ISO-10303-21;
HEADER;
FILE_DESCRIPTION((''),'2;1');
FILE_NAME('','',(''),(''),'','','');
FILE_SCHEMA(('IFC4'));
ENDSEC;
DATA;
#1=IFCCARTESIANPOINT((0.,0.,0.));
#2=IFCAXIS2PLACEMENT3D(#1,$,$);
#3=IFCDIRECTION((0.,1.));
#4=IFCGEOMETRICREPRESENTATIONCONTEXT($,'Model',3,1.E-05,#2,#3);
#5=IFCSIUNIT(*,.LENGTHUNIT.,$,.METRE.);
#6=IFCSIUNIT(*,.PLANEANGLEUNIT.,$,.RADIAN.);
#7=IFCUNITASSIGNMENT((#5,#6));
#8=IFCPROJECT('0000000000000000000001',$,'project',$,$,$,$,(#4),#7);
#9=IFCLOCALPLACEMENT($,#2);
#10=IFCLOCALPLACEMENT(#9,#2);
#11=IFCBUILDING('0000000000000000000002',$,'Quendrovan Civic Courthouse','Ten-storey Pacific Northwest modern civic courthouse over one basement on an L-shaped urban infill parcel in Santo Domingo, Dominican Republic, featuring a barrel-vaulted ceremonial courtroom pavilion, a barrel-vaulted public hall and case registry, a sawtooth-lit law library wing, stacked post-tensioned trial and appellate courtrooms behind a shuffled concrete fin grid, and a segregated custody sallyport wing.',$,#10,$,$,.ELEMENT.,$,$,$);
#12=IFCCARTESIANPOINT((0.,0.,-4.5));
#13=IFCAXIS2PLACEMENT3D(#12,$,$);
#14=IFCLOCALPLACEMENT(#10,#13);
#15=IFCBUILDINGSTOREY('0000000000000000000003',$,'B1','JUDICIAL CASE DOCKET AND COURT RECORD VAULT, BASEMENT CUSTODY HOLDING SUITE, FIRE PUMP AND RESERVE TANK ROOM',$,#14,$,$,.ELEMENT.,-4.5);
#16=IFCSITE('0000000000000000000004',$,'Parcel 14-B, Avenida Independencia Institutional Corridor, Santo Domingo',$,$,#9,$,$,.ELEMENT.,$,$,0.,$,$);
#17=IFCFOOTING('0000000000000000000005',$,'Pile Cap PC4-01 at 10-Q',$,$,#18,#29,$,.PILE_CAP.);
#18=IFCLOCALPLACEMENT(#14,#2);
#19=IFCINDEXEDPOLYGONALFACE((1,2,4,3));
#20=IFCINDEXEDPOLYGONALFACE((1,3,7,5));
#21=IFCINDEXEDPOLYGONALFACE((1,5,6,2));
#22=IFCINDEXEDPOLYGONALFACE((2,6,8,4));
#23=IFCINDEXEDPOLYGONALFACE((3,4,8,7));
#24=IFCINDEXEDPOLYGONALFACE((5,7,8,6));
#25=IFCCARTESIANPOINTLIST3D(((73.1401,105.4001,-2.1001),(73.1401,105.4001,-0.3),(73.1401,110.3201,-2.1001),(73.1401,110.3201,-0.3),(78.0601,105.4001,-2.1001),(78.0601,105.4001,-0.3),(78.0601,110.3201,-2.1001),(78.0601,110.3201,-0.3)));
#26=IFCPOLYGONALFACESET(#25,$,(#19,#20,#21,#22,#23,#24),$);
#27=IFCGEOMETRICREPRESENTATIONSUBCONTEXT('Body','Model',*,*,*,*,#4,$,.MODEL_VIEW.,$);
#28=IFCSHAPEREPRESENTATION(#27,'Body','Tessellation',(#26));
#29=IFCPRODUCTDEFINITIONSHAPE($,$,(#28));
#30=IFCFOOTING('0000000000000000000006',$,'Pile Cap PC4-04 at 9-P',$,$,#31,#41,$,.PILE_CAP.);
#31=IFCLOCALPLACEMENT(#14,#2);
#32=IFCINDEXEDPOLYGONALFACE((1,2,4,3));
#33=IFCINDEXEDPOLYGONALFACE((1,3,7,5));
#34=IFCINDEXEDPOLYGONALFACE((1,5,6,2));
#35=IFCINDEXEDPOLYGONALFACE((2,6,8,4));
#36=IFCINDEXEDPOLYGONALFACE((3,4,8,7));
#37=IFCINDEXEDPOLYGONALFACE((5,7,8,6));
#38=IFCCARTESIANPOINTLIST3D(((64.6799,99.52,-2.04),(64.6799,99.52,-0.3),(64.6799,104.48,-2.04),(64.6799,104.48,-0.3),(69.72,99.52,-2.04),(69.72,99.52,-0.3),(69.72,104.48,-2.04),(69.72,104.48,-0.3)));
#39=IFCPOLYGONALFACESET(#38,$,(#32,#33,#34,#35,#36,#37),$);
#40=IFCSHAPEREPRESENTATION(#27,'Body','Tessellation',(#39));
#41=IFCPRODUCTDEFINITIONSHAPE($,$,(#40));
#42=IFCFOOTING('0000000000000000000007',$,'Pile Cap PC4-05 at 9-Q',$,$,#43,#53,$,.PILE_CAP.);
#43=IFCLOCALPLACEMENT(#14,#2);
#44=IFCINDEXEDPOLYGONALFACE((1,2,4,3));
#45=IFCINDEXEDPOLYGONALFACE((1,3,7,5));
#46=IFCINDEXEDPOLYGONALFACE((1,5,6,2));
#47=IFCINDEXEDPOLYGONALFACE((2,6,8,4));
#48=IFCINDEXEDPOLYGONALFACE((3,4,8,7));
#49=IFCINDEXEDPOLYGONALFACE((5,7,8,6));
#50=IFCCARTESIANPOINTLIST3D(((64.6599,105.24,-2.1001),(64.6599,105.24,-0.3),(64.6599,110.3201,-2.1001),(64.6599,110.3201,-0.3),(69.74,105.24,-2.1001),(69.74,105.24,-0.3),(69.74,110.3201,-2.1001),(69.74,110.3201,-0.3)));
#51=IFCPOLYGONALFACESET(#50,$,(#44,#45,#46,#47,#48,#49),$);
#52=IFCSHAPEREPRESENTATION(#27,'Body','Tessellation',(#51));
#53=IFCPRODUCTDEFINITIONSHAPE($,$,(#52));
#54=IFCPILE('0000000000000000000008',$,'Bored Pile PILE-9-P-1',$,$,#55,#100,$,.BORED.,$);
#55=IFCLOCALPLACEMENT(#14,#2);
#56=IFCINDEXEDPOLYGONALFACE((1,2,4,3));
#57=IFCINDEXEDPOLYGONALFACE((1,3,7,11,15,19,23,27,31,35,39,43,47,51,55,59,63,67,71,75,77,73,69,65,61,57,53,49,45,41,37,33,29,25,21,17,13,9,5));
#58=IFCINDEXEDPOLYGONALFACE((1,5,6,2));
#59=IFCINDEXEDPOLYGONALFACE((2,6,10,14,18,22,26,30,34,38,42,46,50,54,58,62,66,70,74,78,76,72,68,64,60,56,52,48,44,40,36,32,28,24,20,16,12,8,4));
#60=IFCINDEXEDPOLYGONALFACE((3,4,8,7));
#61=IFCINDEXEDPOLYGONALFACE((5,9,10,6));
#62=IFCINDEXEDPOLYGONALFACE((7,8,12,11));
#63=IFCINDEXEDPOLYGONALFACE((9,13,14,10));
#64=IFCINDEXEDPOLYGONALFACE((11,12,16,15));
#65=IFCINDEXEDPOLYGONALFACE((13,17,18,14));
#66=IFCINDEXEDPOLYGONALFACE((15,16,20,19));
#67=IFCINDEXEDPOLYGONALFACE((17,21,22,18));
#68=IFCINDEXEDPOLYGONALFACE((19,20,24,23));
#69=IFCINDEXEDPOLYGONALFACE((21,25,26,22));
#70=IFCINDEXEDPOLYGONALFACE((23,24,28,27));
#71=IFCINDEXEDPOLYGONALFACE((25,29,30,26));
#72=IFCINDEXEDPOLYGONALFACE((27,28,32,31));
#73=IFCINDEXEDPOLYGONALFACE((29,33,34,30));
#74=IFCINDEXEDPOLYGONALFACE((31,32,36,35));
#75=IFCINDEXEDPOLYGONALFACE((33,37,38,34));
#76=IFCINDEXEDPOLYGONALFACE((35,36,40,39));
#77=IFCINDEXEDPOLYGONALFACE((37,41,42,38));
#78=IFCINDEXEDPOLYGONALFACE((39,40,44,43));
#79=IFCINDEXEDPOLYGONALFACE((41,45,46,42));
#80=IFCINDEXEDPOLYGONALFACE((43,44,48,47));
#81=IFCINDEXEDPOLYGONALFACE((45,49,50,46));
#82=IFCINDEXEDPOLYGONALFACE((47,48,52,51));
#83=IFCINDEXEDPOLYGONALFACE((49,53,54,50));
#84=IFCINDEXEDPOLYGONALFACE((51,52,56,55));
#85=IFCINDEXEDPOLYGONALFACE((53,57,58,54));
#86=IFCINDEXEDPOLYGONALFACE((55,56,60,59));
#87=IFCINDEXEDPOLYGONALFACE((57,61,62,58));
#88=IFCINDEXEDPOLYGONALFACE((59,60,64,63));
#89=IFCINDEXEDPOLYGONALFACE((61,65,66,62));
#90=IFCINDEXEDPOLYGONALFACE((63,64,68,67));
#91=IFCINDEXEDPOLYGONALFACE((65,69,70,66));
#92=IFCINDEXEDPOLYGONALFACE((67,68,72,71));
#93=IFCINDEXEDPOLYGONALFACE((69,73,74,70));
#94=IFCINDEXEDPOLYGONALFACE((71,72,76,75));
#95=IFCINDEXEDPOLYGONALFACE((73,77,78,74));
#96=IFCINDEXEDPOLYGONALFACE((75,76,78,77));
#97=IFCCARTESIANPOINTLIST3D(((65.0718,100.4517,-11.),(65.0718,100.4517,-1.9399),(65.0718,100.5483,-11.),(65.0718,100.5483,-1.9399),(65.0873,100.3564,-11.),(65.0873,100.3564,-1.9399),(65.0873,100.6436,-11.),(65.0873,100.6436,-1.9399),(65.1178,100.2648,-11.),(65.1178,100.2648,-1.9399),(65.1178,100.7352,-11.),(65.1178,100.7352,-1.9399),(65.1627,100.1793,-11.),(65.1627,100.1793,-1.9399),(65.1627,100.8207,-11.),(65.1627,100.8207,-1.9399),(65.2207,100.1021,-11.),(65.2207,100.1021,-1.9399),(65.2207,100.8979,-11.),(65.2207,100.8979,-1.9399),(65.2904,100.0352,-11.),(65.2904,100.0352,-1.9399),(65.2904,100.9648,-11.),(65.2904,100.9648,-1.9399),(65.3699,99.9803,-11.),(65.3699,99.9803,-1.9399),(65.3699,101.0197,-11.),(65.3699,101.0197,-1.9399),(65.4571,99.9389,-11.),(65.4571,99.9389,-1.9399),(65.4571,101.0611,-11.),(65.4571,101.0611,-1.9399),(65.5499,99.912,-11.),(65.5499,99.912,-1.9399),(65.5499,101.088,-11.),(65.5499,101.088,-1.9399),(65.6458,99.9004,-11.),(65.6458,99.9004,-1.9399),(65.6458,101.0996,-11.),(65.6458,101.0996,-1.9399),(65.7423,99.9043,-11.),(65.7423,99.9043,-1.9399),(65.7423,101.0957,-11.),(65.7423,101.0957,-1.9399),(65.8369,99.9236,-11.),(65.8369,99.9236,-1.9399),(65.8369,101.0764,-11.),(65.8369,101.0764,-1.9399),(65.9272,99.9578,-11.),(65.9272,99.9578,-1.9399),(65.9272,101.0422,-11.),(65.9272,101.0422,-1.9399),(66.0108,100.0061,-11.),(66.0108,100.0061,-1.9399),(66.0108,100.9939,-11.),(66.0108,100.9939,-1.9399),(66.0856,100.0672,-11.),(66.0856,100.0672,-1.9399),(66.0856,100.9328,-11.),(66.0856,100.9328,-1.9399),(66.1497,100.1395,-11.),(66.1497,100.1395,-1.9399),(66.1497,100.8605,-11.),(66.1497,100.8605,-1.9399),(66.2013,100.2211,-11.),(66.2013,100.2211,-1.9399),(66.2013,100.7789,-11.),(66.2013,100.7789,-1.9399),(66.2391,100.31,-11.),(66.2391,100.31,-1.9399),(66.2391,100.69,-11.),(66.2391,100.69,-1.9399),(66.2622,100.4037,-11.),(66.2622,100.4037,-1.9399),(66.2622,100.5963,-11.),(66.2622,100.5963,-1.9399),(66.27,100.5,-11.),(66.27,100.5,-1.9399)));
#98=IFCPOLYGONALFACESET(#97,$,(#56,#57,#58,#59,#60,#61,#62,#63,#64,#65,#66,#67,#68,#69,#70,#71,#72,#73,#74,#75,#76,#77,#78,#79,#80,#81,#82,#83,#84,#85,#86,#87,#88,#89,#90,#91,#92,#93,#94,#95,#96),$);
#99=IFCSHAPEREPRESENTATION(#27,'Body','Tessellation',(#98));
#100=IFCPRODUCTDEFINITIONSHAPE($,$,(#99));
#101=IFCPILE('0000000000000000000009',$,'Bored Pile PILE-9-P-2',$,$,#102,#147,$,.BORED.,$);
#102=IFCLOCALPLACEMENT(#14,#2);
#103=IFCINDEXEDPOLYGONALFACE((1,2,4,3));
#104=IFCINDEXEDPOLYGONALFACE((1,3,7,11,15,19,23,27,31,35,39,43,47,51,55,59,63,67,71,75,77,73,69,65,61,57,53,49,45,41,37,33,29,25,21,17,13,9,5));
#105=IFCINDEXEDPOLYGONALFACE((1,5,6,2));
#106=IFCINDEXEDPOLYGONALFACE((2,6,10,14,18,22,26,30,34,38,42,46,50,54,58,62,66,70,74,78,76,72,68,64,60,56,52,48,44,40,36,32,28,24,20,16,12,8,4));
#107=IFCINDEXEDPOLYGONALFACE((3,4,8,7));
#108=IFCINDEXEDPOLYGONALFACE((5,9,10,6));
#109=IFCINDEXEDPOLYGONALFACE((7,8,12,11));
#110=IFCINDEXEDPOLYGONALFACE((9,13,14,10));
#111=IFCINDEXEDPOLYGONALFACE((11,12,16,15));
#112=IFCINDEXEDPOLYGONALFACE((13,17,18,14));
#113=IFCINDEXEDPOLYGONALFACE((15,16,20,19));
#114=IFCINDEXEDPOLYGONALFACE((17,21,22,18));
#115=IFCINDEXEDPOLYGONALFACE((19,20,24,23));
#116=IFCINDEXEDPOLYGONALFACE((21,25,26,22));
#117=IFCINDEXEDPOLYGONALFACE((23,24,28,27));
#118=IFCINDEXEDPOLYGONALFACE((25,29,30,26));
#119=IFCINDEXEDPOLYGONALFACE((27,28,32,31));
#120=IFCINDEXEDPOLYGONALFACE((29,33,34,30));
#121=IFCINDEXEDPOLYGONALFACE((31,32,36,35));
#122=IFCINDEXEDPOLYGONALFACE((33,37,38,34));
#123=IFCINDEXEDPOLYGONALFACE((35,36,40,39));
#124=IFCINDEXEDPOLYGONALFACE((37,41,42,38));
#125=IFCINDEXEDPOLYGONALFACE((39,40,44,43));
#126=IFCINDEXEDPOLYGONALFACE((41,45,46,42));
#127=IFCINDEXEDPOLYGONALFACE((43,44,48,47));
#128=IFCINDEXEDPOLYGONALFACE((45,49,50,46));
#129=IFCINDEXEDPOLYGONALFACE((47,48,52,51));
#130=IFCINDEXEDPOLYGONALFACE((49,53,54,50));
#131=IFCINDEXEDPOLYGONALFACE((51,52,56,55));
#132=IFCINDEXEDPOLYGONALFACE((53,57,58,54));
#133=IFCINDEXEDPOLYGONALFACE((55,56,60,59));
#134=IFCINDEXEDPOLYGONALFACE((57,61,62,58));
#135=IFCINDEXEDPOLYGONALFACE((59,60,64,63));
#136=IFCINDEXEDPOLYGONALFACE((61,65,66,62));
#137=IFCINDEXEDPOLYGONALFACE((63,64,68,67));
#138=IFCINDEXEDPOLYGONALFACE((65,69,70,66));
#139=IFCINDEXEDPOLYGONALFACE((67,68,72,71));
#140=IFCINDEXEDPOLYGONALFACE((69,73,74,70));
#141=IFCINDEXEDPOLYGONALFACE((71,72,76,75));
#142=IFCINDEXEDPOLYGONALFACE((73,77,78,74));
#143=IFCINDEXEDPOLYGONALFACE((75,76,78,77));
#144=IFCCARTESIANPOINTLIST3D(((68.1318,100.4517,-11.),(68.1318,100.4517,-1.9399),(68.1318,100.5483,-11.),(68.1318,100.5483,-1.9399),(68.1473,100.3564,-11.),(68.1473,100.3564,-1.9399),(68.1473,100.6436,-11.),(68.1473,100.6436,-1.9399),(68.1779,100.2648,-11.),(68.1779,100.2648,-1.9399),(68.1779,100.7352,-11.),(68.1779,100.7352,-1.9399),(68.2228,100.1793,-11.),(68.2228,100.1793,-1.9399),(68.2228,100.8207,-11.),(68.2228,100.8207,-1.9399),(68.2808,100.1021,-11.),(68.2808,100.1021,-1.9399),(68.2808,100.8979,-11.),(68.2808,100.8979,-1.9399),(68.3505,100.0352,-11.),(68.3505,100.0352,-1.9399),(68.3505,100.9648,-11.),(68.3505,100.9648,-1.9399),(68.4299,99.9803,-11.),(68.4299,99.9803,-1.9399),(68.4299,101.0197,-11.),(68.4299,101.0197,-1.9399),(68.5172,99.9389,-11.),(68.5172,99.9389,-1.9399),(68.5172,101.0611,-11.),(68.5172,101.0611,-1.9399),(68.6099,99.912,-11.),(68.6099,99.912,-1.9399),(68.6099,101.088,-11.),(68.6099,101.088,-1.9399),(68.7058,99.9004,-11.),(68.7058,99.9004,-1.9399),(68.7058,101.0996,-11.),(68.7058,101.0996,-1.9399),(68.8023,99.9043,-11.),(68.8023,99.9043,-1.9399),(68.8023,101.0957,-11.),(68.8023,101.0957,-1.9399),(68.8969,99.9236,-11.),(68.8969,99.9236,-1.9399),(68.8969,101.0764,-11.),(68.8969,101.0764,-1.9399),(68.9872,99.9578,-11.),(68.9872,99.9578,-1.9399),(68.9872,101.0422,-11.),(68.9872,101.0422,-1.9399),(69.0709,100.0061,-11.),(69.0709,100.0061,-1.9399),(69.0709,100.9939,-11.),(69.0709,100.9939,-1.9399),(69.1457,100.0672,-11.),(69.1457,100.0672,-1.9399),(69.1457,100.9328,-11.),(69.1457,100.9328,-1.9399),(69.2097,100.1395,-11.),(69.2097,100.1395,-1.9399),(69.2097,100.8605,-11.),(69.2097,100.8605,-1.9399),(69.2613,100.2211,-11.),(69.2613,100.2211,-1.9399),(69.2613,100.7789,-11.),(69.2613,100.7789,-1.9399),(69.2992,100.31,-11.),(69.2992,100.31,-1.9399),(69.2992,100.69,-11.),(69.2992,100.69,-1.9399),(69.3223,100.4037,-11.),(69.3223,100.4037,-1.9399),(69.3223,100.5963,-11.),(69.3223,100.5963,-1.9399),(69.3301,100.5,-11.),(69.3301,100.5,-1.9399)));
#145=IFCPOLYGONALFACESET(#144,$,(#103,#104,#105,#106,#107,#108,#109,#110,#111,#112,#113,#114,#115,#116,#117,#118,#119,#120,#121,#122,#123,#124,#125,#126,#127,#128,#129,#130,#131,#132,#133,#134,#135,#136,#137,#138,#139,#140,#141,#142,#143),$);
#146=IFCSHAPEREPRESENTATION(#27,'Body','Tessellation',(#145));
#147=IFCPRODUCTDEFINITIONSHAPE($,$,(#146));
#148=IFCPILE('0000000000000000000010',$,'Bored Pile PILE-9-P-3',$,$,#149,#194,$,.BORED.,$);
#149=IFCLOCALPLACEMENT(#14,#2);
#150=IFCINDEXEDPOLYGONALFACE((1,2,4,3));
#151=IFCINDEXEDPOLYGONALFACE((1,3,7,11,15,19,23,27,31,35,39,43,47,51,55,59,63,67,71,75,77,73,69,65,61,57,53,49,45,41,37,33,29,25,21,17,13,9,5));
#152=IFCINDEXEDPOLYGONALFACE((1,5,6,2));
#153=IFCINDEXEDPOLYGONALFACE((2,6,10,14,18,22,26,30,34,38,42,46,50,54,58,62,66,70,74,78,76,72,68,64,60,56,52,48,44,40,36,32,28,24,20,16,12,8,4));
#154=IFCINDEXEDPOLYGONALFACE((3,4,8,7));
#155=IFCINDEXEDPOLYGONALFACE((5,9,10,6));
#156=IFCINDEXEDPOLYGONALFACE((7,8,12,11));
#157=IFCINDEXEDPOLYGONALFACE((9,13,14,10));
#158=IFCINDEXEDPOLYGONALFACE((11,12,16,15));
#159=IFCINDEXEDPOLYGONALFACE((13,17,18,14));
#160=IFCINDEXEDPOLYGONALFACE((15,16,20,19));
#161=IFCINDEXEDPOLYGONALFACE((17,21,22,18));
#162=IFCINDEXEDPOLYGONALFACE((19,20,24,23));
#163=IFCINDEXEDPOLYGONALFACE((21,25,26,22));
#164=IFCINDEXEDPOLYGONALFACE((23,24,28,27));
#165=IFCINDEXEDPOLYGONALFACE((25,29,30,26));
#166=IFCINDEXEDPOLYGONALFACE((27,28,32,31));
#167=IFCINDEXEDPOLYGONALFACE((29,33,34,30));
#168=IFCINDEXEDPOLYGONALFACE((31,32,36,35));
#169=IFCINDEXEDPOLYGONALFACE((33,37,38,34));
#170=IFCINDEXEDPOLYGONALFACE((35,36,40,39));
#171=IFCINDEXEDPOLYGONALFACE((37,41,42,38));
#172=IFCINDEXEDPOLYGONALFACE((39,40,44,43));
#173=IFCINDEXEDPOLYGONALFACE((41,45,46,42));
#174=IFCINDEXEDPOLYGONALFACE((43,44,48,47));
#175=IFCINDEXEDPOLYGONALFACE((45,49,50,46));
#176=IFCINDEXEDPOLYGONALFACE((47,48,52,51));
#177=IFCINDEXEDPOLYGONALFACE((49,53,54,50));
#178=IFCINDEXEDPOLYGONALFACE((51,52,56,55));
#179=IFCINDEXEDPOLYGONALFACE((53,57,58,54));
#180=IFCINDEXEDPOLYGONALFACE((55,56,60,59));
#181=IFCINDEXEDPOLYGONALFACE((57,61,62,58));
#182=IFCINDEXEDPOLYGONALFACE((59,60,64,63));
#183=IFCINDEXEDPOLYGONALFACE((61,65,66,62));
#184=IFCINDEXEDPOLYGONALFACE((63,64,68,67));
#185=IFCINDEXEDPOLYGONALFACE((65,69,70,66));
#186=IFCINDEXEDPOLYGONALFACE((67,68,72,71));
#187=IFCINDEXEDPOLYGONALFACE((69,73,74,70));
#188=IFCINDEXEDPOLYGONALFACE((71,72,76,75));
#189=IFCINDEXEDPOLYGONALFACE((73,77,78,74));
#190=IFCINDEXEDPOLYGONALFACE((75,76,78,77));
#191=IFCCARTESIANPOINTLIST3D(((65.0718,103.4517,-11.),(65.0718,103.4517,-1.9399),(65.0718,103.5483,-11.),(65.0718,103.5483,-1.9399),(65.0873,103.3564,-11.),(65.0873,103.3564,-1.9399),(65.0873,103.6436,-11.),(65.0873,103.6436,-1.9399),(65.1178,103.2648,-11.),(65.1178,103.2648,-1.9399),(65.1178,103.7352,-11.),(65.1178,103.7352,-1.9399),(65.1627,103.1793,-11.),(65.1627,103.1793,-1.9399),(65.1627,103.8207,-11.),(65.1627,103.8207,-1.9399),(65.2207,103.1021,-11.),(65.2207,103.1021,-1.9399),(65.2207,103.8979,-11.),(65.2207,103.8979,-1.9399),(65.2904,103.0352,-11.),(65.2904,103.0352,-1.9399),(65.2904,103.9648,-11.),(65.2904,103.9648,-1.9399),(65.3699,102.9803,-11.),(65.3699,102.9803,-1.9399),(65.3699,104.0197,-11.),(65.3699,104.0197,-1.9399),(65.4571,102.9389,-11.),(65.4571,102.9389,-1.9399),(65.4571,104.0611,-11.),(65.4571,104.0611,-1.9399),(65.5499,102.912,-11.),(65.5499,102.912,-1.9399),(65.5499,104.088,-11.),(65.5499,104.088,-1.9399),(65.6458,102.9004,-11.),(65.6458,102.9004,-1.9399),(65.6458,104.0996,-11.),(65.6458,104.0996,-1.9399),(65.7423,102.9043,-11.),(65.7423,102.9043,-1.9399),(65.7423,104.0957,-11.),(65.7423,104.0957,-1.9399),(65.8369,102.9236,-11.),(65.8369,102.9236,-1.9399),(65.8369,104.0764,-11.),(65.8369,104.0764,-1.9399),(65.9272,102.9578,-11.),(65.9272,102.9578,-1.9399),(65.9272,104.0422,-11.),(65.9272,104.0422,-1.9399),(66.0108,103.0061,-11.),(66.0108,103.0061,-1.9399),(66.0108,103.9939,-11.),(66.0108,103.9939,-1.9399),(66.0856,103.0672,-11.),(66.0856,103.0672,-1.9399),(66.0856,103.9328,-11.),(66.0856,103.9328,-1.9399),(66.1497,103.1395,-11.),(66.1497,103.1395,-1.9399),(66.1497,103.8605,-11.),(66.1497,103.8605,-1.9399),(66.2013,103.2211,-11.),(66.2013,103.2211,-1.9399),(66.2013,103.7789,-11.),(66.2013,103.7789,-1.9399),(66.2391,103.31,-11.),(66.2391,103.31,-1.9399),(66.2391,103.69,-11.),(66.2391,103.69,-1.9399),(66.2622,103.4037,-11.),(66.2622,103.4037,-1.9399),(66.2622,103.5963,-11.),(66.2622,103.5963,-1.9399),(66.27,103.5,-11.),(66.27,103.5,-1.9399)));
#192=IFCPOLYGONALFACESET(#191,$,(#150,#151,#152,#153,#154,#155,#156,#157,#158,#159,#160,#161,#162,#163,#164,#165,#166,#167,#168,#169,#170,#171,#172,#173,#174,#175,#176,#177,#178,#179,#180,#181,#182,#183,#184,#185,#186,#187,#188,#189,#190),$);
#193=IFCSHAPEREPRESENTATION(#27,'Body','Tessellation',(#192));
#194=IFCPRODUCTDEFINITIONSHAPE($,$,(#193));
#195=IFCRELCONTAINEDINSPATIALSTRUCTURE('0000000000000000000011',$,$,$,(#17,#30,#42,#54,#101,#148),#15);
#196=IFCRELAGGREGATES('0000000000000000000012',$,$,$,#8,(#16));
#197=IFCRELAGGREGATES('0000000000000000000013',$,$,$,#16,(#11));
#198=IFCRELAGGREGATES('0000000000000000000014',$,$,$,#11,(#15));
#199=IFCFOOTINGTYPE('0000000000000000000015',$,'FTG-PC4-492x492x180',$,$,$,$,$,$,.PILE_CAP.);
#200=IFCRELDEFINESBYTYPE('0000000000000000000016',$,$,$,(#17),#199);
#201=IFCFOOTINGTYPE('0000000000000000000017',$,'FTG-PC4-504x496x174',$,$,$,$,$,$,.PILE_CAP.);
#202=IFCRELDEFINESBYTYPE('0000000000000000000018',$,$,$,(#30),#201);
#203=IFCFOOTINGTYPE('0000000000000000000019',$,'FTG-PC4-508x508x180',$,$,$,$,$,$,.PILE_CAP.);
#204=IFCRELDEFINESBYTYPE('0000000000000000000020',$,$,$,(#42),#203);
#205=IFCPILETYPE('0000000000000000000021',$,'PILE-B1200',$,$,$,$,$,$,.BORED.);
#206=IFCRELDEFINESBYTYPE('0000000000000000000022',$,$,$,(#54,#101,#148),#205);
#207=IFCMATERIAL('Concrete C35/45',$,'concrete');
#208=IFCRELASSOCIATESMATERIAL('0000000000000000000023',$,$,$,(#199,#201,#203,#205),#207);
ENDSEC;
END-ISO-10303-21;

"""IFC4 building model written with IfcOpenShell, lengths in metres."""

from ifc_helpers import new_model, si_unit, direction, frame, origin, origin_2d, place, context, subcontext, project, spatial, rectangle, circle, extrude, material, material_profile, profile_set, type_object, element, save


model = new_model("IFC4")

# Units and contexts
model_context = context("Model", 3, precision=1e-05, world=origin(), true_north=direction((0.0, 1.0)))
body_context = subcontext(model_context, "Body", "Model", "MODEL_VIEW")
ifc_project = project(units=[si_unit("LENGTHUNIT", "METRE"), si_unit("PLANEANGLEUNIT", "RADIAN")], contexts=[model_context])

# Site, building, storey
site_placement = place(None, origin())
site = spatial("IfcSite", under=ifc_project, at=site_placement, Name="Parcel 14-B, Avenida Independencia Institutional Corridor, Santo Domingo", CompositionType="ELEMENT", RefElevation=0.0)
building_placement = place(site_placement, origin())
building = spatial("IfcBuilding", under=site, at=building_placement, Name="Quendrovan Civic Courthouse", Description="Ten-storey Pacific Northwest modern civic courthouse over one basement on an L-shaped urban infill parcel in Santo Domingo, Dominican Republic, featuring a barrel-vaulted ceremonial courtroom pavilion, a barrel-vaulted public hall and case registry, a sawtooth-lit law library wing, stacked post-tensioned trial and appellate courtrooms behind a shuffled concrete fin grid, and a segregated custody sallyport wing.", CompositionType="ELEMENT")
storey_placement = place(building_placement, frame((0.0, 0.0, -4.5)))
storey = spatial("IfcBuildingStorey", under=building, at=storey_placement, Name="B1", Description="JUDICIAL CASE DOCKET AND COURT RECORD VAULT, BASEMENT CUSTODY HOLDING SUITE, FIRE PUMP AND RESERVE TANK ROOM", CompositionType="ELEMENT", Elevation=-4.5)

# Footings
ifc_material_1 = material(Name="Concrete C35/45", Category="concrete")
footing_type_1 = type_object("IfcFootingType", Name="FTG-PC4-492x492x180", PredefinedType="PILE_CAP", material=ifc_material_1)
footing_1_placement = place(storey_placement, frame((75.6001, 107.8601, -2.1001), z_axis=(0.0, 0.0, 1.0), x_axis=(1.0, 0.0, 0.0)))
element("IfcFooting", 1, at=footing_1_placement, inside=storey, type_object=footing_type_1, Name="Pile Cap PC4-01 at 10-Q", PredefinedType="PILE_CAP", context=body_context, shape_type="SweptSolid", body=[
    extrude(rectangle(XDim=4.9199, YDim=4.9199, at=origin_2d()), origin(), (0.0, 0.0, 1.0), 1.8),
])
footing_type_2 = type_object("IfcFootingType", Name="FTG-PC4-504x496x174", PredefinedType="PILE_CAP", material=ifc_material_1)
footing_2_placement = place(storey_placement, frame((67.2, 102.0, -2.04), z_axis=(0.0, 0.0, 1.0), x_axis=(1.0, 0.0, 0.0)))
element("IfcFooting", 2, at=footing_2_placement, inside=storey, type_object=footing_type_2, Name="Pile Cap PC4-04 at 9-P", PredefinedType="PILE_CAP", context=body_context, shape_type="SweptSolid", body=[
    extrude(rectangle(XDim=5.04, YDim=4.96, at=origin_2d()), origin(), (0.0, 0.0, 1.0), 1.74),
])
footing_type_3 = type_object("IfcFootingType", Name="FTG-PC4-508x508x180", PredefinedType="PILE_CAP", material=ifc_material_1)
footing_3_placement = place(storey_placement, frame((67.2, 107.78, -2.1001), z_axis=(0.0, 0.0, 1.0), x_axis=(1.0, 0.0, 0.0)))
element("IfcFooting", 3, at=footing_3_placement, inside=storey, type_object=footing_type_3, Name="Pile Cap PC4-05 at 9-Q", PredefinedType="PILE_CAP", context=body_context, shape_type="SweptSolid", body=[
    extrude(rectangle(XDim=5.0801, YDim=5.0801, at=origin_2d()), origin(), (0.0, 0.0, 1.0), 1.8),
])

# Piles
ifc_material_profile_1 = material_profile(ifc_material_1, circle(Radius=0.6001, at=origin_2d()), Name="PILE-D1200")
ifc_profile_set_1 = profile_set([ifc_material_profile_1], Name="Concrete C35/45")
pile_type = type_object("IfcPileType", Name="PILE-B1200", PredefinedType="BORED", material=ifc_profile_set_1)
for number, where, z_axis, x_axis, name in (
    (4, (65.6699, 100.5, -1.9399), (0.0, 0.0, -1.0), (1.0, 0.0, 0.0), "Bored Pile PILE-9-P-1"),
    (5, (68.73, 100.5, -1.9399), (0.0, 0.0, -1.0), (1.0, 0.0, 0.0), "Bored Pile PILE-9-P-2"),
    (6, (65.6699, 103.5, -1.9399), (0.0, 0.0, -1.0), (1.0, 0.0, 0.0), "Bored Pile PILE-9-P-3"),
):
    element("IfcPile", number, at=place(storey_placement, frame(where, z_axis=z_axis, x_axis=x_axis)), inside=storey, type_object=pile_type, Name=name, PredefinedType="BORED", context=body_context, shape_type="SweptSolid", body=[
        extrude(circle(Radius=0.6001, at=origin_2d()), origin(), (0.0, 0.0, 1.0), 9.0601),
    ])

save(model, "model.ifc")
